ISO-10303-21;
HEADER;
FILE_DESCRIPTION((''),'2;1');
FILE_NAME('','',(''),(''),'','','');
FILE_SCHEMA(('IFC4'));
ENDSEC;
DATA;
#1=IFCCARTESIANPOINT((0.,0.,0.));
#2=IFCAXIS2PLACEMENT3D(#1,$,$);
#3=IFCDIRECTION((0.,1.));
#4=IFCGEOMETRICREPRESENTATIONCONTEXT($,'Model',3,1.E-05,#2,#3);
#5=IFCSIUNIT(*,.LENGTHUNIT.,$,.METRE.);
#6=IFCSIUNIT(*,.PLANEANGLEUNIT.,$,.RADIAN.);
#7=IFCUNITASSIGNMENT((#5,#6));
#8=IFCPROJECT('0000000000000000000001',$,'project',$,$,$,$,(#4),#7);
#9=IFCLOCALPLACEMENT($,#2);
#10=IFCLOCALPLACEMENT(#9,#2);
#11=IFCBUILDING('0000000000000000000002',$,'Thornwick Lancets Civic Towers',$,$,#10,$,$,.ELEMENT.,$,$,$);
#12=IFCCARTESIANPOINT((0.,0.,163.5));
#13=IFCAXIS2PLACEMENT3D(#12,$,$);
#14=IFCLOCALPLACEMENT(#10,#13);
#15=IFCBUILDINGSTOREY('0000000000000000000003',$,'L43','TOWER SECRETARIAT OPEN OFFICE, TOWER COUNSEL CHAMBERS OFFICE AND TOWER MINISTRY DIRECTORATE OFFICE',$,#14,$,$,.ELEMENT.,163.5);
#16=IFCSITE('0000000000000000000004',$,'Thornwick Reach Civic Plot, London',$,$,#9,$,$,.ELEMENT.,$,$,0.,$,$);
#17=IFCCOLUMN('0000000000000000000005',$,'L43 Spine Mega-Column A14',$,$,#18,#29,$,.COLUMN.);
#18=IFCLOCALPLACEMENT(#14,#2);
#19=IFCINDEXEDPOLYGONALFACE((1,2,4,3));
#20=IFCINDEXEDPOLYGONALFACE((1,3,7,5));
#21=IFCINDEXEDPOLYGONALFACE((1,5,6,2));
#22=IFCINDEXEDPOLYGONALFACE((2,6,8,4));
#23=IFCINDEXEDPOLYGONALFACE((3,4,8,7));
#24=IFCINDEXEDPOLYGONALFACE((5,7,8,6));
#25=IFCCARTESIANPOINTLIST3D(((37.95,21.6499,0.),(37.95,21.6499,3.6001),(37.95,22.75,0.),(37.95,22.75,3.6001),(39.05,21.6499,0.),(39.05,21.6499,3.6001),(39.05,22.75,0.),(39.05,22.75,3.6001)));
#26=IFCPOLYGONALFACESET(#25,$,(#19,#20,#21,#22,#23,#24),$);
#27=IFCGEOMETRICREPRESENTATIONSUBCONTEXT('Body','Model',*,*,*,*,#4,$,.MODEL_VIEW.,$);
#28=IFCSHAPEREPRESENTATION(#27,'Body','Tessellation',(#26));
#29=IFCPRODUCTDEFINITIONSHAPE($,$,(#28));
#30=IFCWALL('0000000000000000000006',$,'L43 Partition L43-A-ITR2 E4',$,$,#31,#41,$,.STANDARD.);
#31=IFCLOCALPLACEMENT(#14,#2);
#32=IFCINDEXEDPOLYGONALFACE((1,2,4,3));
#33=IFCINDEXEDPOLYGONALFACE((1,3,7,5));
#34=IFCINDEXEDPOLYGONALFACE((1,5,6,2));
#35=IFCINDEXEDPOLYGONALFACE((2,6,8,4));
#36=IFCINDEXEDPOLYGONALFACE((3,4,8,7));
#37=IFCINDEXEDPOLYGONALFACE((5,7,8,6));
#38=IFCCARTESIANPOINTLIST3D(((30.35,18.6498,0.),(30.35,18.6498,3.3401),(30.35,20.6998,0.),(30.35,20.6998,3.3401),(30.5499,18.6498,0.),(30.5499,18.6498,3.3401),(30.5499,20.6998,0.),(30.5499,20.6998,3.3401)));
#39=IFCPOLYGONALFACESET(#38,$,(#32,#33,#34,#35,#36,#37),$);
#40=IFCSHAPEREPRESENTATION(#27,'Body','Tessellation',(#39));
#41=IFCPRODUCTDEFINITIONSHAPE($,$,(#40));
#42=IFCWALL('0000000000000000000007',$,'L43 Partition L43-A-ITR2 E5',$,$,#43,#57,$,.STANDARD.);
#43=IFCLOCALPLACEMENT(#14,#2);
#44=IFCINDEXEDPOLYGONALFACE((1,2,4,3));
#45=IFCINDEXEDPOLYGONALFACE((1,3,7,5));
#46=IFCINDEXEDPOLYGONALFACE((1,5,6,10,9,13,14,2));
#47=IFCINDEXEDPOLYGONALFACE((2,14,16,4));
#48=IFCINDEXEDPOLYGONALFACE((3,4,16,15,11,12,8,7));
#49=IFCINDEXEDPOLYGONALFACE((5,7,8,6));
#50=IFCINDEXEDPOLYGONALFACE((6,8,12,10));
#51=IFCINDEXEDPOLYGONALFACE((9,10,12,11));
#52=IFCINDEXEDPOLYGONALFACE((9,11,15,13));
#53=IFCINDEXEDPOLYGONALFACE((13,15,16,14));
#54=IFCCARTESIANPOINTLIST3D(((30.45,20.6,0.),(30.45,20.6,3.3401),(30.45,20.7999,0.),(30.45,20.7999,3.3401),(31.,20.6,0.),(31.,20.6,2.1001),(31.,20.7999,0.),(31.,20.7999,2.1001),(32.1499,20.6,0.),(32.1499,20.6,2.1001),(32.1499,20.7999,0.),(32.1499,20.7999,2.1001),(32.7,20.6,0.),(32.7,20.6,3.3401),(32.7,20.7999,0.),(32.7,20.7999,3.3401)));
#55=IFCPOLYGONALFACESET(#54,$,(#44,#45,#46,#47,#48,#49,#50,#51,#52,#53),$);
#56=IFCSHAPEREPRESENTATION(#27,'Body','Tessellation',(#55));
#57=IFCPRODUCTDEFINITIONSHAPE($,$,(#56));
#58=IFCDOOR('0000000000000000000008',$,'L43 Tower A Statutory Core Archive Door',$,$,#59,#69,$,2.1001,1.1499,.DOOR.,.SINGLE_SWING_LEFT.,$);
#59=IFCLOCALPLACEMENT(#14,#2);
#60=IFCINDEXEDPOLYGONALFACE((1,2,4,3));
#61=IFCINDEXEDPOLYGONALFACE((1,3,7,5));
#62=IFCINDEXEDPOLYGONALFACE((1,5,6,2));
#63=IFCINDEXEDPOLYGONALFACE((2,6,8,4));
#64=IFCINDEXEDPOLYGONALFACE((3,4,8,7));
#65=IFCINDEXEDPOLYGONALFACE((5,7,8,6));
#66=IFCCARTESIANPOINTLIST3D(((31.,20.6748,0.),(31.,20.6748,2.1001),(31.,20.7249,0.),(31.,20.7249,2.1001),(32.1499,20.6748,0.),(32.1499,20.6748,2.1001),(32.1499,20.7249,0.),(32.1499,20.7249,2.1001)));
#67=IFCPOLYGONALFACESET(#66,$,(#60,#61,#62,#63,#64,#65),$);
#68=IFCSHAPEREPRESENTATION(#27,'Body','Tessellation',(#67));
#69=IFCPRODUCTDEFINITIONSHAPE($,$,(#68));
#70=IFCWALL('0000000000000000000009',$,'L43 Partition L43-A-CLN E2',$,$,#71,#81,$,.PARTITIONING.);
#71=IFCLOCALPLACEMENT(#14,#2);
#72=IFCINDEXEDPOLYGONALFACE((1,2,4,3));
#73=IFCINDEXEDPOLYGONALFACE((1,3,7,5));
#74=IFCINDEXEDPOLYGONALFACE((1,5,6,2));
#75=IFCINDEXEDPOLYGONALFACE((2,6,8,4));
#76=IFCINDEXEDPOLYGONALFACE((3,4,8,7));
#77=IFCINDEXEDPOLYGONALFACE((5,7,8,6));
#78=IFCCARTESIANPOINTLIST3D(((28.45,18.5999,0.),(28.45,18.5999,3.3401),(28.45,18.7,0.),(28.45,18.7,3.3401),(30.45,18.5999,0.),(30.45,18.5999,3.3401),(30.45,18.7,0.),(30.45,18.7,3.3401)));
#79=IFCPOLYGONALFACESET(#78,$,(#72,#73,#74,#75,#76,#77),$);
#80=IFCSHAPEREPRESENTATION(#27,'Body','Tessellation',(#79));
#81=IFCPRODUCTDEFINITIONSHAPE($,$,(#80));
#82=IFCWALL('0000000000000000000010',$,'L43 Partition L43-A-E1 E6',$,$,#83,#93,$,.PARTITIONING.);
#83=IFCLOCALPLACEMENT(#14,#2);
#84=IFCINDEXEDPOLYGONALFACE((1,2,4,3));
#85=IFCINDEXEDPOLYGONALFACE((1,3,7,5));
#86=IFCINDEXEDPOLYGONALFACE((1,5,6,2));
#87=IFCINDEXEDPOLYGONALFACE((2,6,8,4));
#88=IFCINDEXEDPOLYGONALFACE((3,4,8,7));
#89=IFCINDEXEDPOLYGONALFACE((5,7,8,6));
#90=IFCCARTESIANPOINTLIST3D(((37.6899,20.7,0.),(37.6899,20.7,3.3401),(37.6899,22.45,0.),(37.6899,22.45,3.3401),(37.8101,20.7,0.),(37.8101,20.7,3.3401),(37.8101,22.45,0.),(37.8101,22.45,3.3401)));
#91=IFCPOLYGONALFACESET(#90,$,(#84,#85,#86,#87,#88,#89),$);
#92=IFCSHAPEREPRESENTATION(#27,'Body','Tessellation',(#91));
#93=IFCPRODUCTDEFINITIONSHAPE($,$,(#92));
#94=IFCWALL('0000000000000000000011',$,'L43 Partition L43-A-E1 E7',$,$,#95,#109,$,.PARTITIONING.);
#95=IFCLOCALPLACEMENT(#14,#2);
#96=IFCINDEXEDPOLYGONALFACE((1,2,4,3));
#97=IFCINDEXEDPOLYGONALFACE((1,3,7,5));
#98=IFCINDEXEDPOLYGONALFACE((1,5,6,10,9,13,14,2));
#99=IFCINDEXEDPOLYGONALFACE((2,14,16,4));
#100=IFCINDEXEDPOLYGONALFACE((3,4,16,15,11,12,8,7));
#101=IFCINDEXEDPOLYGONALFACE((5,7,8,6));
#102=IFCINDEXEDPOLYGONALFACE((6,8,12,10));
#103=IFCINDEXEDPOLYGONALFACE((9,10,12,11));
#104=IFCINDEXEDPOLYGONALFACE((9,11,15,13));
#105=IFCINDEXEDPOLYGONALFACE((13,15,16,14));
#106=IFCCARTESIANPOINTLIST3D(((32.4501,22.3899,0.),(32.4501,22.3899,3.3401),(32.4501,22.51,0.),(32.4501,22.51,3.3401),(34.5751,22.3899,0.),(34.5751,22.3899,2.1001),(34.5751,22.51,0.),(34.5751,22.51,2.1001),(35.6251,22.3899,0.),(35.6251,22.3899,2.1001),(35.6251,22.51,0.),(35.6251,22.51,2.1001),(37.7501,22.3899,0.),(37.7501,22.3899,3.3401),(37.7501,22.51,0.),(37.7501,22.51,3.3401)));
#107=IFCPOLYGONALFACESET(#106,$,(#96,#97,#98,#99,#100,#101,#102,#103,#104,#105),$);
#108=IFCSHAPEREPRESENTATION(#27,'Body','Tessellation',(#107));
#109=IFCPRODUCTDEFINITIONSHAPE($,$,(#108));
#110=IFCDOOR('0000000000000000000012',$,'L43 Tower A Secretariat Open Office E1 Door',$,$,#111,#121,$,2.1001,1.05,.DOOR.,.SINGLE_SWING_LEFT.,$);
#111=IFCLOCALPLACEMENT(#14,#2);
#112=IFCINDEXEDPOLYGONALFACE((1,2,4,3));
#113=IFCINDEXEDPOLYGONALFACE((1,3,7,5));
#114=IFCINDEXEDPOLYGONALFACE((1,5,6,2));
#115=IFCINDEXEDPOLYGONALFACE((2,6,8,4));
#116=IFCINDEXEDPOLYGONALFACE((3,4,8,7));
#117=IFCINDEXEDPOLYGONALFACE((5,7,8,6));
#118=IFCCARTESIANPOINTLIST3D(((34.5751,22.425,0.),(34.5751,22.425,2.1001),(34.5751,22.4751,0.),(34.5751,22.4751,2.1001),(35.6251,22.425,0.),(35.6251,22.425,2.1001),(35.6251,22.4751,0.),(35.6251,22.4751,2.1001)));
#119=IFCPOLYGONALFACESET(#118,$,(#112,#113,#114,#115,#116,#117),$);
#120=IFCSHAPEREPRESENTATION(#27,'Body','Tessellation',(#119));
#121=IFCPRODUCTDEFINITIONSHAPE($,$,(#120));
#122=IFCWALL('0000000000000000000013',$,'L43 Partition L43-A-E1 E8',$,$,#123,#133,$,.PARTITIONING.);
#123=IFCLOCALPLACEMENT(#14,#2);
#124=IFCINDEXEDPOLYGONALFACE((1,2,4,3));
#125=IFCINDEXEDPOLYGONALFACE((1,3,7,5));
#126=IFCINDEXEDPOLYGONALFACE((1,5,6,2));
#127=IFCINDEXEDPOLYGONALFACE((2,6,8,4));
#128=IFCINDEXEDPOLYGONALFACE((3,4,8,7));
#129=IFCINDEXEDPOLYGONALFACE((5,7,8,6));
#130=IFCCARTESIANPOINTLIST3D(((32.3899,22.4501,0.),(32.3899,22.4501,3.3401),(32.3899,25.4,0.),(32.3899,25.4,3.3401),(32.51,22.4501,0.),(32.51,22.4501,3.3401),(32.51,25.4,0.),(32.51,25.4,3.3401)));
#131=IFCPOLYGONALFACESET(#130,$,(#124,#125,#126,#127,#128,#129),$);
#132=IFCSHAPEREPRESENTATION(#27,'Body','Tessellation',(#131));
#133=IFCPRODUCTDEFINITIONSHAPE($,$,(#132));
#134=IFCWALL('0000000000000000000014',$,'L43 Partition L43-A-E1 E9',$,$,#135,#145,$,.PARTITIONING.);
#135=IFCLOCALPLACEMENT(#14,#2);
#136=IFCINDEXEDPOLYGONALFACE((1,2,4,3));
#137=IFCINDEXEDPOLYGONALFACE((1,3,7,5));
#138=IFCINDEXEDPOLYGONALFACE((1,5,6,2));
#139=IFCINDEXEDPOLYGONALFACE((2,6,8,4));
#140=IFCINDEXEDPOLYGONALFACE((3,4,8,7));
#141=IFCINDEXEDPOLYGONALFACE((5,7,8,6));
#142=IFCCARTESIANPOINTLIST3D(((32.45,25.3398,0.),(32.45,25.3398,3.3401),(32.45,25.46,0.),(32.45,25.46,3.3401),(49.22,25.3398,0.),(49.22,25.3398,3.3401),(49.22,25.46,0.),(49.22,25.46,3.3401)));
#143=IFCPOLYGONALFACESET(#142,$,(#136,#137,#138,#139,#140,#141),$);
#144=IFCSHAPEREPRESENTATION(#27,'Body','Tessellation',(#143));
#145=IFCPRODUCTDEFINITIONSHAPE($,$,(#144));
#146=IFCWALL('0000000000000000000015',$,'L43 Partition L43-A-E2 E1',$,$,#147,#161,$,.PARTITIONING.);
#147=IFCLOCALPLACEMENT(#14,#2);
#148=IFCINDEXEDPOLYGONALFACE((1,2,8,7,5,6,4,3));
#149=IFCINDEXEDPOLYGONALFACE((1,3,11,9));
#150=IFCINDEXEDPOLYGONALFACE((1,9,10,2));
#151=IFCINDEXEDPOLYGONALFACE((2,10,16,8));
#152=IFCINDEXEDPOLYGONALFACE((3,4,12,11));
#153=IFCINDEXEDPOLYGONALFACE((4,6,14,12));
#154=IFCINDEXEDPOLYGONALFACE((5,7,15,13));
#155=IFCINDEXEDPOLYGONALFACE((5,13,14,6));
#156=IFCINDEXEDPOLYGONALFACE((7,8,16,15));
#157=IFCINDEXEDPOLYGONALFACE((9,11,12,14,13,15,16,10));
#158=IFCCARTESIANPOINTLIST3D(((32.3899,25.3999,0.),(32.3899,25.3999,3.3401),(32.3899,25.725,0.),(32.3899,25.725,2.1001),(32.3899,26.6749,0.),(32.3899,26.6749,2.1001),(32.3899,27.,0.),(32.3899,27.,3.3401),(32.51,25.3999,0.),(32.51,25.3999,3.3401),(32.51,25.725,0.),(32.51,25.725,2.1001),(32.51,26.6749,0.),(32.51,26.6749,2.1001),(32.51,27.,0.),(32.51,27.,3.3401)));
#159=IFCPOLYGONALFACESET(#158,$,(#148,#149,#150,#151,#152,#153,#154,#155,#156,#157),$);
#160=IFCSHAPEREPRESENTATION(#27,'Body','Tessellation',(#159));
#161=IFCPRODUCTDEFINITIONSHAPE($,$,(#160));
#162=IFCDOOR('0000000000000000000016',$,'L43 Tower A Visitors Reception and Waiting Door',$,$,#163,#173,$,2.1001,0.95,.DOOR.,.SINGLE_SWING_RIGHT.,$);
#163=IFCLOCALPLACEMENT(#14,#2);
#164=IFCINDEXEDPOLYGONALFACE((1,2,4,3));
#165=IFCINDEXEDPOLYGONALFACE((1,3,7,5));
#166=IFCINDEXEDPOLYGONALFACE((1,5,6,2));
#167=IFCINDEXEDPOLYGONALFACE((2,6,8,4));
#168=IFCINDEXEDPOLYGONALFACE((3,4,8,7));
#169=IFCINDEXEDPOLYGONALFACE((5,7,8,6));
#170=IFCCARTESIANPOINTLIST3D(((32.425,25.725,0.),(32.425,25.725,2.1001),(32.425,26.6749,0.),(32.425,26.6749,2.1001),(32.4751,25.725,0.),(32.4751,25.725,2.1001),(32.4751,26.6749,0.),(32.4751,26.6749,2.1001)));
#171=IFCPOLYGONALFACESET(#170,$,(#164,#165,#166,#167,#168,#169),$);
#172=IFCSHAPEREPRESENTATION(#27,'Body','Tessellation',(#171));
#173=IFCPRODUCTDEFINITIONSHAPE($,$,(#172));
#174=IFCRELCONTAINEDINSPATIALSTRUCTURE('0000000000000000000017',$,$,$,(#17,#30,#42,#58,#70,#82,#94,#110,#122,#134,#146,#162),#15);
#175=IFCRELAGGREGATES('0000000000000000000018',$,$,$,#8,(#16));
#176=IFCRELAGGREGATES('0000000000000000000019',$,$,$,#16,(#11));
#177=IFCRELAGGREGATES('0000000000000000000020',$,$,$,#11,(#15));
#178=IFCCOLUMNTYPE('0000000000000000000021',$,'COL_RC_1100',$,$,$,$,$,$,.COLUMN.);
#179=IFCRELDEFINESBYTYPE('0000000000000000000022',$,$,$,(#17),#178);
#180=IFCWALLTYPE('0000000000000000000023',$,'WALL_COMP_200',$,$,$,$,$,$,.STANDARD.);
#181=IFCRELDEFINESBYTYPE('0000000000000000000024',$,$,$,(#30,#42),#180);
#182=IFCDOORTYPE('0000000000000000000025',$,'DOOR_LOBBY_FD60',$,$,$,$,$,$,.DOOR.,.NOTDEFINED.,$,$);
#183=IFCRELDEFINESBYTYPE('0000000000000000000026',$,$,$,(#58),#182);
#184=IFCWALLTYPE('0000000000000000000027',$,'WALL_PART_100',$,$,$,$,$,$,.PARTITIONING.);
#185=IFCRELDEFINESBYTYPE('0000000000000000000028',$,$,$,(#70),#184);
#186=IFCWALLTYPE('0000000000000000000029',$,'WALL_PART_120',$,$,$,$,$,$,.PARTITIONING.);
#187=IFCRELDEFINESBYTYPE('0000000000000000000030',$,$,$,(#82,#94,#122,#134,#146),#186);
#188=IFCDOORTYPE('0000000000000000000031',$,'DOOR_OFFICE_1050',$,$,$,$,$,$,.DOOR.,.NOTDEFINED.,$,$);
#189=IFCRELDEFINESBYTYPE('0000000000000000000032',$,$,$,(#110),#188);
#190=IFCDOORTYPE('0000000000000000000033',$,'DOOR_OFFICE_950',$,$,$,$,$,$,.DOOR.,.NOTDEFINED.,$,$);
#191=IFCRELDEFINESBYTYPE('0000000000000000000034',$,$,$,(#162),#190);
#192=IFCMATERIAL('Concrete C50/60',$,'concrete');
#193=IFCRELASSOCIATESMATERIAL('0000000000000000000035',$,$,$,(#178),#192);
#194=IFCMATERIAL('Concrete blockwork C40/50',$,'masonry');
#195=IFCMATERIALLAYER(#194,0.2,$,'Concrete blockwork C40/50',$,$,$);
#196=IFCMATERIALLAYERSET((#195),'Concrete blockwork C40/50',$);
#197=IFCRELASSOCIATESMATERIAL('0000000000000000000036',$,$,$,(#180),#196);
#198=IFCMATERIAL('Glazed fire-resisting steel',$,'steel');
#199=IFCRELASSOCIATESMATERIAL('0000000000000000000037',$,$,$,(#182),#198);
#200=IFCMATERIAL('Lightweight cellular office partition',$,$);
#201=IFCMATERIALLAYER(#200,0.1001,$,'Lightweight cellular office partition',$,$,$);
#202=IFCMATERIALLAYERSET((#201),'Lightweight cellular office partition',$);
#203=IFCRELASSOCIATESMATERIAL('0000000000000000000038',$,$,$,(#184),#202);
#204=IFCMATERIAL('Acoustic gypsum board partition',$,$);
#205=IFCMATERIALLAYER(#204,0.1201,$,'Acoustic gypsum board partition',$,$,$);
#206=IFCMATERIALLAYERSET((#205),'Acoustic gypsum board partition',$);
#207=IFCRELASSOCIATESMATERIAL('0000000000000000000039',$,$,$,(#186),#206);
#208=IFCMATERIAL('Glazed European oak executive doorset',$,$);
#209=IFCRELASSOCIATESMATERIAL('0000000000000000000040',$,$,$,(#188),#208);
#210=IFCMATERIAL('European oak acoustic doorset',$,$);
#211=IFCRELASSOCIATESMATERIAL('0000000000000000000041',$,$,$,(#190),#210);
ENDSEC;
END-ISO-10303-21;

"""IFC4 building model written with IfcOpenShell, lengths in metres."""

from ifc_helpers import new_model, si_unit, direction, frame, frame_2d, origin, origin_2d, place, context, subcontext, project, spatial, rectangle, extrude, material, layer, layer_set, material_profile, profile_set, type_object, element, fill, save


model = new_model("IFC4")

# Units and contexts
model_context = context("Model", 3, precision=1e-05, world=origin(), true_north=direction((0.0, 1.0)))
body_context = subcontext(model_context, "Body", "Model", "MODEL_VIEW")
ifc_project = project(units=[si_unit("LENGTHUNIT", "METRE"), si_unit("PLANEANGLEUNIT", "RADIAN")], contexts=[model_context])

# Site, building, storey
site_placement = place(None, origin())
site = spatial("IfcSite", under=ifc_project, at=site_placement, Name="Thornwick Reach Civic Plot, London", CompositionType="ELEMENT", RefElevation=0.0)
building_placement = place(site_placement, origin())
building = spatial("IfcBuilding", under=site, at=building_placement, Name="Thornwick Lancets Civic Towers", CompositionType="ELEMENT")
storey_placement = place(building_placement, frame((0.0, 0.0, 163.5)))
storey = spatial("IfcBuildingStorey", under=building, at=storey_placement, Name="L43", Description="TOWER SECRETARIAT OPEN OFFICE, TOWER COUNSEL CHAMBERS OFFICE AND TOWER MINISTRY DIRECTORATE OFFICE", CompositionType="ELEMENT", Elevation=163.5)

# Column
ifc_material_1 = material(Name="Concrete C50/60", Category="concrete")
ifc_material_profile = material_profile(ifc_material_1, rectangle(XDim=1.1001, YDim=1.1001, at=origin_2d()), Name="RC 1100x1100")
ifc_profile_set = profile_set([ifc_material_profile], Name="Concrete C50/60")
column_type = type_object("IfcColumnType", Name="COL_RC_1100", PredefinedType="COLUMN", material=ifc_profile_set)
column_placement = place(storey_placement, frame((38.5, 22.2, 0.0), z_axis=(0.0, 0.0, 1.0), x_axis=(1.0, 0.0, 0.0)))
element("IfcColumn", 1, at=column_placement, inside=storey, type_object=column_type, Name="L43 Spine Mega-Column A14", PredefinedType="COLUMN", context=body_context, shape_type="SweptSolid", body=[
    extrude(rectangle(XDim=1.1001, YDim=1.1001, at=origin_2d()), origin(), (0.0, 0.0, 1.0), 3.6001),
])

# Wall
ifc_material_2 = material(Name="Concrete blockwork C40/50", Category="masonry")
ifc_layer_1 = layer(ifc_material_2, 0.2, Name="Concrete blockwork C40/50")
ifc_layer_set_1 = layer_set([ifc_layer_1], Name="Concrete blockwork C40/50")
wall_type_1 = type_object("IfcWallType", Name="WALL_COMP_200", PredefinedType="STANDARD", material=ifc_layer_set_1)
wall_1_placement = place(storey_placement, frame((30.45, 18.6499, 0.0), z_axis=(0.0, 0.0, 1.0), x_axis=(0.0, 1.0, 0.0)))
element("IfcWall", 2, at=wall_1_placement, inside=storey, type_object=wall_type_1, Name="L43 Partition L43-A-ITR2 E4", PredefinedType="STANDARD", context=body_context, shape_type="SweptSolid", body=[
    extrude(rectangle(XDim=2.05, YDim=0.2, at=frame_2d((1.0249, 0.0))), origin(), (0.0, 0.0, 1.0), 3.3401),
])

# Wall, opening, door
wall_2_placement = place(storey_placement, frame((30.45, 20.7, 0.0), z_axis=(0.0, 0.0, 1.0), x_axis=(1.0, 0.0, 0.0)))
wall_2 = element("IfcWall", 3, at=wall_2_placement, inside=storey, type_object=wall_type_1, Name="L43 Partition L43-A-ITR2 E5", PredefinedType="STANDARD", context=body_context, shape_type="SweptSolid", body=[
    extrude(rectangle(XDim=2.25, YDim=0.2, at=frame_2d((1.125, 0.0))), origin(), (0.0, 0.0, 1.0), 3.3401),
])
opening_1_placement = place(wall_2_placement, frame((0.55, 0.0, 0.0)))
opening_1 = element("IfcOpeningElement", 4, at=opening_1_placement, cuts=wall_2, PredefinedType="OPENING", context=body_context, shape_type="SweptSolid", body=[
    extrude(rectangle(XDim=1.1499, YDim=2.1001, at=frame_2d((0.575, 1.05))), frame((0.0, 0.1099, 0.0), z_axis=(0.0, -1.0, 0.0), x_axis=(1.0, 0.0, 0.0)), (0.0, 0.0, 1.0), 0.22),
])
ifc_material_3 = material(Name="Glazed fire-resisting steel", Category="steel")
door_type_1 = type_object("IfcDoorType", Name="DOOR_LOBBY_FD60", OperationType="NOTDEFINED", PredefinedType="DOOR", material=ifc_material_3)
door_1_placement = place(opening_1_placement, origin())
door_1 = element("IfcDoor", 5, at=door_1_placement, inside=storey, type_object=door_type_1, Name="L43 Tower A Statutory Core Archive Door", OperationType="SINGLE_SWING_LEFT", OverallHeight=2.1001, OverallWidth=1.1499, PredefinedType="DOOR", context=body_context, shape_type="SweptSolid", body=[
    extrude(rectangle(XDim=1.1499, YDim=2.1001, at=frame_2d((0.575, 1.05))), frame((0.0, 0.0249, 0.0), z_axis=(0.0, -1.0, 0.0), x_axis=(1.0, 0.0, 0.0)), (0.0, 0.0, 1.0), 0.05),
])
fill(opening_1, door_1)

# Walls
ifc_material_4 = material(Name="Lightweight cellular office partition")
ifc_layer_2 = layer(ifc_material_4, 0.1001, Name="Lightweight cellular office partition")
ifc_layer_set_2 = layer_set([ifc_layer_2], Name="Lightweight cellular office partition")
wall_type_2 = type_object("IfcWallType", Name="WALL_PART_100", PredefinedType="PARTITIONING", material=ifc_layer_set_2)
wall_3_placement = place(storey_placement, frame((30.45, 18.6499, 0.0), z_axis=(0.0, 0.0, 1.0), x_axis=(-1.0, 0.0, 0.0)))
element("IfcWall", 6, at=wall_3_placement, inside=storey, type_object=wall_type_2, Name="L43 Partition L43-A-CLN E2", PredefinedType="PARTITIONING", context=body_context, shape_type="SweptSolid", body=[
    extrude(rectangle(XDim=2.0, YDim=0.1001, at=frame_2d((1.0, 0.0))), origin(), (0.0, 0.0, 1.0), 3.3401),
])
ifc_material_5 = material(Name="Acoustic gypsum board partition")
ifc_layer_3 = layer(ifc_material_5, 0.1201, Name="Acoustic gypsum board partition")
ifc_layer_set_3 = layer_set([ifc_layer_3], Name="Acoustic gypsum board partition")
wall_type_3 = type_object("IfcWallType", Name="WALL_PART_120", PredefinedType="PARTITIONING", material=ifc_layer_set_3)
wall_4_placement = place(storey_placement, frame((37.75, 20.7, 0.0), z_axis=(0.0, 0.0, 1.0), x_axis=(0.0, 1.0, 0.0)))
element("IfcWall", 7, at=wall_4_placement, inside=storey, type_object=wall_type_3, Name="L43 Partition L43-A-E1 E6", PredefinedType="PARTITIONING", context=body_context, shape_type="SweptSolid", body=[
    extrude(rectangle(XDim=1.75, YDim=0.1201, at=frame_2d((0.875, 0.0))), origin(), (0.0, 0.0, 1.0), 3.3401),
])

# Wall, opening, door
wall_5_placement = place(storey_placement, frame((37.75, 22.45, 0.0), z_axis=(0.0, 0.0, 1.0), x_axis=(-1.0, 0.0, 0.0)))
wall_5 = element("IfcWall", 8, at=wall_5_placement, inside=storey, type_object=wall_type_3, Name="L43 Partition L43-A-E1 E7", PredefinedType="PARTITIONING", context=body_context, shape_type="SweptSolid", body=[
    extrude(rectangle(XDim=5.3, YDim=0.1201, at=frame_2d((2.6499, 0.0))), origin(), (0.0, 0.0, 1.0), 3.3401),
])
opening_2_placement = place(wall_5_placement, frame((2.125, 0.0, 0.0)))
opening_2 = element("IfcOpeningElement", 9, at=opening_2_placement, cuts=wall_5, PredefinedType="OPENING", context=body_context, shape_type="SweptSolid", body=[
    extrude(rectangle(XDim=1.05, YDim=2.1001, at=frame_2d((0.5249, 1.05))), frame((0.0, 0.0701, 0.0), z_axis=(0.0, -1.0, 0.0), x_axis=(1.0, 0.0, 0.0)), (0.0, 0.0, 1.0), 0.1401),
])
ifc_material_6 = material(Name="Glazed European oak executive doorset")
door_type_2 = type_object("IfcDoorType", Name="DOOR_OFFICE_1050", OperationType="NOTDEFINED", PredefinedType="DOOR", material=ifc_material_6)
door_2_placement = place(opening_2_placement, origin())
door_2 = element("IfcDoor", 10, at=door_2_placement, inside=storey, type_object=door_type_2, Name="L43 Tower A Secretariat Open Office E1 Door", OperationType="SINGLE_SWING_LEFT", OverallHeight=2.1001, OverallWidth=1.05, PredefinedType="DOOR", context=body_context, shape_type="SweptSolid", body=[
    extrude(rectangle(XDim=1.05, YDim=2.1001, at=frame_2d((0.5249, 1.05))), frame((0.0, 0.0249, 0.0), z_axis=(0.0, -1.0, 0.0), x_axis=(1.0, 0.0, 0.0)), (0.0, 0.0, 1.0), 0.05),
])
fill(opening_2, door_2)

# Walls
wall_6_placement = place(storey_placement, frame((32.45, 22.45, 0.0), z_axis=(0.0, 0.0, 1.0), x_axis=(0.0, 1.0, 0.0)))
element("IfcWall", 11, at=wall_6_placement, inside=storey, type_object=wall_type_3, Name="L43 Partition L43-A-E1 E8", PredefinedType="PARTITIONING", context=body_context, shape_type="SweptSolid", body=[
    extrude(rectangle(XDim=2.95, YDim=0.1201, at=frame_2d((1.4751, 0.0))), origin(), (0.0, 0.0, 1.0), 3.3401),
])
wall_7_placement = place(storey_placement, frame((32.45, 25.3999, 0.0), z_axis=(0.0, 0.0, 1.0), x_axis=(1.0, 0.0, 0.0)))
element("IfcWall", 12, at=wall_7_placement, inside=storey, type_object=wall_type_3, Name="L43 Partition L43-A-E1 E9", PredefinedType="PARTITIONING", context=body_context, shape_type="SweptSolid", body=[
    extrude(rectangle(XDim=16.77, YDim=0.1201, at=frame_2d((8.385, 0.0))), origin(), (0.0, 0.0, 1.0), 3.3401),
])

# Wall, opening, door
wall_8_placement = place(storey_placement, frame((32.45, 25.3999, 0.0), z_axis=(0.0, 0.0, 1.0), x_axis=(0.0, 1.0, 0.0)))
wall_8 = element("IfcWall", 13, at=wall_8_placement, inside=storey, type_object=wall_type_3, Name="L43 Partition L43-A-E2 E1", PredefinedType="PARTITIONING", context=body_context, shape_type="SweptSolid", body=[
    extrude(rectangle(XDim=1.6001, YDim=0.1201, at=frame_2d((0.8, 0.0))), origin(), (0.0, 0.0, 1.0), 3.3401),
])
opening_3_placement = place(wall_8_placement, frame((0.325, 0.0, 0.0)))
opening_3 = element("IfcOpeningElement", 14, at=opening_3_placement, cuts=wall_8, PredefinedType="OPENING", context=body_context, shape_type="SweptSolid", body=[
    extrude(rectangle(XDim=0.95, YDim=2.1001, at=frame_2d((0.4751, 1.05))), frame((0.0, 0.0701, 0.0), z_axis=(0.0, -1.0, 0.0), x_axis=(1.0, 0.0, 0.0)), (0.0, 0.0, 1.0), 0.1401),
])
ifc_material_7 = material(Name="European oak acoustic doorset")
door_type_3 = type_object("IfcDoorType", Name="DOOR_OFFICE_950", OperationType="NOTDEFINED", PredefinedType="DOOR", material=ifc_material_7)
door_3_placement = place(opening_3_placement, origin())
door_3 = element("IfcDoor", 15, at=door_3_placement, inside=storey, type_object=door_type_3, Name="L43 Tower A Visitors Reception and Waiting Door", OperationType="SINGLE_SWING_RIGHT", OverallHeight=2.1001, OverallWidth=0.95, PredefinedType="DOOR", context=body_context, shape_type="SweptSolid", body=[
    extrude(rectangle(XDim=0.95, YDim=2.1001, at=frame_2d((0.4751, 1.05))), frame((0.0, 0.0249, 0.0), z_axis=(0.0, -1.0, 0.0), x_axis=(1.0, 0.0, 0.0)), (0.0, 0.0, 1.0), 0.05),
])
fill(opening_3, door_3)

save(model, "model.ifc")
